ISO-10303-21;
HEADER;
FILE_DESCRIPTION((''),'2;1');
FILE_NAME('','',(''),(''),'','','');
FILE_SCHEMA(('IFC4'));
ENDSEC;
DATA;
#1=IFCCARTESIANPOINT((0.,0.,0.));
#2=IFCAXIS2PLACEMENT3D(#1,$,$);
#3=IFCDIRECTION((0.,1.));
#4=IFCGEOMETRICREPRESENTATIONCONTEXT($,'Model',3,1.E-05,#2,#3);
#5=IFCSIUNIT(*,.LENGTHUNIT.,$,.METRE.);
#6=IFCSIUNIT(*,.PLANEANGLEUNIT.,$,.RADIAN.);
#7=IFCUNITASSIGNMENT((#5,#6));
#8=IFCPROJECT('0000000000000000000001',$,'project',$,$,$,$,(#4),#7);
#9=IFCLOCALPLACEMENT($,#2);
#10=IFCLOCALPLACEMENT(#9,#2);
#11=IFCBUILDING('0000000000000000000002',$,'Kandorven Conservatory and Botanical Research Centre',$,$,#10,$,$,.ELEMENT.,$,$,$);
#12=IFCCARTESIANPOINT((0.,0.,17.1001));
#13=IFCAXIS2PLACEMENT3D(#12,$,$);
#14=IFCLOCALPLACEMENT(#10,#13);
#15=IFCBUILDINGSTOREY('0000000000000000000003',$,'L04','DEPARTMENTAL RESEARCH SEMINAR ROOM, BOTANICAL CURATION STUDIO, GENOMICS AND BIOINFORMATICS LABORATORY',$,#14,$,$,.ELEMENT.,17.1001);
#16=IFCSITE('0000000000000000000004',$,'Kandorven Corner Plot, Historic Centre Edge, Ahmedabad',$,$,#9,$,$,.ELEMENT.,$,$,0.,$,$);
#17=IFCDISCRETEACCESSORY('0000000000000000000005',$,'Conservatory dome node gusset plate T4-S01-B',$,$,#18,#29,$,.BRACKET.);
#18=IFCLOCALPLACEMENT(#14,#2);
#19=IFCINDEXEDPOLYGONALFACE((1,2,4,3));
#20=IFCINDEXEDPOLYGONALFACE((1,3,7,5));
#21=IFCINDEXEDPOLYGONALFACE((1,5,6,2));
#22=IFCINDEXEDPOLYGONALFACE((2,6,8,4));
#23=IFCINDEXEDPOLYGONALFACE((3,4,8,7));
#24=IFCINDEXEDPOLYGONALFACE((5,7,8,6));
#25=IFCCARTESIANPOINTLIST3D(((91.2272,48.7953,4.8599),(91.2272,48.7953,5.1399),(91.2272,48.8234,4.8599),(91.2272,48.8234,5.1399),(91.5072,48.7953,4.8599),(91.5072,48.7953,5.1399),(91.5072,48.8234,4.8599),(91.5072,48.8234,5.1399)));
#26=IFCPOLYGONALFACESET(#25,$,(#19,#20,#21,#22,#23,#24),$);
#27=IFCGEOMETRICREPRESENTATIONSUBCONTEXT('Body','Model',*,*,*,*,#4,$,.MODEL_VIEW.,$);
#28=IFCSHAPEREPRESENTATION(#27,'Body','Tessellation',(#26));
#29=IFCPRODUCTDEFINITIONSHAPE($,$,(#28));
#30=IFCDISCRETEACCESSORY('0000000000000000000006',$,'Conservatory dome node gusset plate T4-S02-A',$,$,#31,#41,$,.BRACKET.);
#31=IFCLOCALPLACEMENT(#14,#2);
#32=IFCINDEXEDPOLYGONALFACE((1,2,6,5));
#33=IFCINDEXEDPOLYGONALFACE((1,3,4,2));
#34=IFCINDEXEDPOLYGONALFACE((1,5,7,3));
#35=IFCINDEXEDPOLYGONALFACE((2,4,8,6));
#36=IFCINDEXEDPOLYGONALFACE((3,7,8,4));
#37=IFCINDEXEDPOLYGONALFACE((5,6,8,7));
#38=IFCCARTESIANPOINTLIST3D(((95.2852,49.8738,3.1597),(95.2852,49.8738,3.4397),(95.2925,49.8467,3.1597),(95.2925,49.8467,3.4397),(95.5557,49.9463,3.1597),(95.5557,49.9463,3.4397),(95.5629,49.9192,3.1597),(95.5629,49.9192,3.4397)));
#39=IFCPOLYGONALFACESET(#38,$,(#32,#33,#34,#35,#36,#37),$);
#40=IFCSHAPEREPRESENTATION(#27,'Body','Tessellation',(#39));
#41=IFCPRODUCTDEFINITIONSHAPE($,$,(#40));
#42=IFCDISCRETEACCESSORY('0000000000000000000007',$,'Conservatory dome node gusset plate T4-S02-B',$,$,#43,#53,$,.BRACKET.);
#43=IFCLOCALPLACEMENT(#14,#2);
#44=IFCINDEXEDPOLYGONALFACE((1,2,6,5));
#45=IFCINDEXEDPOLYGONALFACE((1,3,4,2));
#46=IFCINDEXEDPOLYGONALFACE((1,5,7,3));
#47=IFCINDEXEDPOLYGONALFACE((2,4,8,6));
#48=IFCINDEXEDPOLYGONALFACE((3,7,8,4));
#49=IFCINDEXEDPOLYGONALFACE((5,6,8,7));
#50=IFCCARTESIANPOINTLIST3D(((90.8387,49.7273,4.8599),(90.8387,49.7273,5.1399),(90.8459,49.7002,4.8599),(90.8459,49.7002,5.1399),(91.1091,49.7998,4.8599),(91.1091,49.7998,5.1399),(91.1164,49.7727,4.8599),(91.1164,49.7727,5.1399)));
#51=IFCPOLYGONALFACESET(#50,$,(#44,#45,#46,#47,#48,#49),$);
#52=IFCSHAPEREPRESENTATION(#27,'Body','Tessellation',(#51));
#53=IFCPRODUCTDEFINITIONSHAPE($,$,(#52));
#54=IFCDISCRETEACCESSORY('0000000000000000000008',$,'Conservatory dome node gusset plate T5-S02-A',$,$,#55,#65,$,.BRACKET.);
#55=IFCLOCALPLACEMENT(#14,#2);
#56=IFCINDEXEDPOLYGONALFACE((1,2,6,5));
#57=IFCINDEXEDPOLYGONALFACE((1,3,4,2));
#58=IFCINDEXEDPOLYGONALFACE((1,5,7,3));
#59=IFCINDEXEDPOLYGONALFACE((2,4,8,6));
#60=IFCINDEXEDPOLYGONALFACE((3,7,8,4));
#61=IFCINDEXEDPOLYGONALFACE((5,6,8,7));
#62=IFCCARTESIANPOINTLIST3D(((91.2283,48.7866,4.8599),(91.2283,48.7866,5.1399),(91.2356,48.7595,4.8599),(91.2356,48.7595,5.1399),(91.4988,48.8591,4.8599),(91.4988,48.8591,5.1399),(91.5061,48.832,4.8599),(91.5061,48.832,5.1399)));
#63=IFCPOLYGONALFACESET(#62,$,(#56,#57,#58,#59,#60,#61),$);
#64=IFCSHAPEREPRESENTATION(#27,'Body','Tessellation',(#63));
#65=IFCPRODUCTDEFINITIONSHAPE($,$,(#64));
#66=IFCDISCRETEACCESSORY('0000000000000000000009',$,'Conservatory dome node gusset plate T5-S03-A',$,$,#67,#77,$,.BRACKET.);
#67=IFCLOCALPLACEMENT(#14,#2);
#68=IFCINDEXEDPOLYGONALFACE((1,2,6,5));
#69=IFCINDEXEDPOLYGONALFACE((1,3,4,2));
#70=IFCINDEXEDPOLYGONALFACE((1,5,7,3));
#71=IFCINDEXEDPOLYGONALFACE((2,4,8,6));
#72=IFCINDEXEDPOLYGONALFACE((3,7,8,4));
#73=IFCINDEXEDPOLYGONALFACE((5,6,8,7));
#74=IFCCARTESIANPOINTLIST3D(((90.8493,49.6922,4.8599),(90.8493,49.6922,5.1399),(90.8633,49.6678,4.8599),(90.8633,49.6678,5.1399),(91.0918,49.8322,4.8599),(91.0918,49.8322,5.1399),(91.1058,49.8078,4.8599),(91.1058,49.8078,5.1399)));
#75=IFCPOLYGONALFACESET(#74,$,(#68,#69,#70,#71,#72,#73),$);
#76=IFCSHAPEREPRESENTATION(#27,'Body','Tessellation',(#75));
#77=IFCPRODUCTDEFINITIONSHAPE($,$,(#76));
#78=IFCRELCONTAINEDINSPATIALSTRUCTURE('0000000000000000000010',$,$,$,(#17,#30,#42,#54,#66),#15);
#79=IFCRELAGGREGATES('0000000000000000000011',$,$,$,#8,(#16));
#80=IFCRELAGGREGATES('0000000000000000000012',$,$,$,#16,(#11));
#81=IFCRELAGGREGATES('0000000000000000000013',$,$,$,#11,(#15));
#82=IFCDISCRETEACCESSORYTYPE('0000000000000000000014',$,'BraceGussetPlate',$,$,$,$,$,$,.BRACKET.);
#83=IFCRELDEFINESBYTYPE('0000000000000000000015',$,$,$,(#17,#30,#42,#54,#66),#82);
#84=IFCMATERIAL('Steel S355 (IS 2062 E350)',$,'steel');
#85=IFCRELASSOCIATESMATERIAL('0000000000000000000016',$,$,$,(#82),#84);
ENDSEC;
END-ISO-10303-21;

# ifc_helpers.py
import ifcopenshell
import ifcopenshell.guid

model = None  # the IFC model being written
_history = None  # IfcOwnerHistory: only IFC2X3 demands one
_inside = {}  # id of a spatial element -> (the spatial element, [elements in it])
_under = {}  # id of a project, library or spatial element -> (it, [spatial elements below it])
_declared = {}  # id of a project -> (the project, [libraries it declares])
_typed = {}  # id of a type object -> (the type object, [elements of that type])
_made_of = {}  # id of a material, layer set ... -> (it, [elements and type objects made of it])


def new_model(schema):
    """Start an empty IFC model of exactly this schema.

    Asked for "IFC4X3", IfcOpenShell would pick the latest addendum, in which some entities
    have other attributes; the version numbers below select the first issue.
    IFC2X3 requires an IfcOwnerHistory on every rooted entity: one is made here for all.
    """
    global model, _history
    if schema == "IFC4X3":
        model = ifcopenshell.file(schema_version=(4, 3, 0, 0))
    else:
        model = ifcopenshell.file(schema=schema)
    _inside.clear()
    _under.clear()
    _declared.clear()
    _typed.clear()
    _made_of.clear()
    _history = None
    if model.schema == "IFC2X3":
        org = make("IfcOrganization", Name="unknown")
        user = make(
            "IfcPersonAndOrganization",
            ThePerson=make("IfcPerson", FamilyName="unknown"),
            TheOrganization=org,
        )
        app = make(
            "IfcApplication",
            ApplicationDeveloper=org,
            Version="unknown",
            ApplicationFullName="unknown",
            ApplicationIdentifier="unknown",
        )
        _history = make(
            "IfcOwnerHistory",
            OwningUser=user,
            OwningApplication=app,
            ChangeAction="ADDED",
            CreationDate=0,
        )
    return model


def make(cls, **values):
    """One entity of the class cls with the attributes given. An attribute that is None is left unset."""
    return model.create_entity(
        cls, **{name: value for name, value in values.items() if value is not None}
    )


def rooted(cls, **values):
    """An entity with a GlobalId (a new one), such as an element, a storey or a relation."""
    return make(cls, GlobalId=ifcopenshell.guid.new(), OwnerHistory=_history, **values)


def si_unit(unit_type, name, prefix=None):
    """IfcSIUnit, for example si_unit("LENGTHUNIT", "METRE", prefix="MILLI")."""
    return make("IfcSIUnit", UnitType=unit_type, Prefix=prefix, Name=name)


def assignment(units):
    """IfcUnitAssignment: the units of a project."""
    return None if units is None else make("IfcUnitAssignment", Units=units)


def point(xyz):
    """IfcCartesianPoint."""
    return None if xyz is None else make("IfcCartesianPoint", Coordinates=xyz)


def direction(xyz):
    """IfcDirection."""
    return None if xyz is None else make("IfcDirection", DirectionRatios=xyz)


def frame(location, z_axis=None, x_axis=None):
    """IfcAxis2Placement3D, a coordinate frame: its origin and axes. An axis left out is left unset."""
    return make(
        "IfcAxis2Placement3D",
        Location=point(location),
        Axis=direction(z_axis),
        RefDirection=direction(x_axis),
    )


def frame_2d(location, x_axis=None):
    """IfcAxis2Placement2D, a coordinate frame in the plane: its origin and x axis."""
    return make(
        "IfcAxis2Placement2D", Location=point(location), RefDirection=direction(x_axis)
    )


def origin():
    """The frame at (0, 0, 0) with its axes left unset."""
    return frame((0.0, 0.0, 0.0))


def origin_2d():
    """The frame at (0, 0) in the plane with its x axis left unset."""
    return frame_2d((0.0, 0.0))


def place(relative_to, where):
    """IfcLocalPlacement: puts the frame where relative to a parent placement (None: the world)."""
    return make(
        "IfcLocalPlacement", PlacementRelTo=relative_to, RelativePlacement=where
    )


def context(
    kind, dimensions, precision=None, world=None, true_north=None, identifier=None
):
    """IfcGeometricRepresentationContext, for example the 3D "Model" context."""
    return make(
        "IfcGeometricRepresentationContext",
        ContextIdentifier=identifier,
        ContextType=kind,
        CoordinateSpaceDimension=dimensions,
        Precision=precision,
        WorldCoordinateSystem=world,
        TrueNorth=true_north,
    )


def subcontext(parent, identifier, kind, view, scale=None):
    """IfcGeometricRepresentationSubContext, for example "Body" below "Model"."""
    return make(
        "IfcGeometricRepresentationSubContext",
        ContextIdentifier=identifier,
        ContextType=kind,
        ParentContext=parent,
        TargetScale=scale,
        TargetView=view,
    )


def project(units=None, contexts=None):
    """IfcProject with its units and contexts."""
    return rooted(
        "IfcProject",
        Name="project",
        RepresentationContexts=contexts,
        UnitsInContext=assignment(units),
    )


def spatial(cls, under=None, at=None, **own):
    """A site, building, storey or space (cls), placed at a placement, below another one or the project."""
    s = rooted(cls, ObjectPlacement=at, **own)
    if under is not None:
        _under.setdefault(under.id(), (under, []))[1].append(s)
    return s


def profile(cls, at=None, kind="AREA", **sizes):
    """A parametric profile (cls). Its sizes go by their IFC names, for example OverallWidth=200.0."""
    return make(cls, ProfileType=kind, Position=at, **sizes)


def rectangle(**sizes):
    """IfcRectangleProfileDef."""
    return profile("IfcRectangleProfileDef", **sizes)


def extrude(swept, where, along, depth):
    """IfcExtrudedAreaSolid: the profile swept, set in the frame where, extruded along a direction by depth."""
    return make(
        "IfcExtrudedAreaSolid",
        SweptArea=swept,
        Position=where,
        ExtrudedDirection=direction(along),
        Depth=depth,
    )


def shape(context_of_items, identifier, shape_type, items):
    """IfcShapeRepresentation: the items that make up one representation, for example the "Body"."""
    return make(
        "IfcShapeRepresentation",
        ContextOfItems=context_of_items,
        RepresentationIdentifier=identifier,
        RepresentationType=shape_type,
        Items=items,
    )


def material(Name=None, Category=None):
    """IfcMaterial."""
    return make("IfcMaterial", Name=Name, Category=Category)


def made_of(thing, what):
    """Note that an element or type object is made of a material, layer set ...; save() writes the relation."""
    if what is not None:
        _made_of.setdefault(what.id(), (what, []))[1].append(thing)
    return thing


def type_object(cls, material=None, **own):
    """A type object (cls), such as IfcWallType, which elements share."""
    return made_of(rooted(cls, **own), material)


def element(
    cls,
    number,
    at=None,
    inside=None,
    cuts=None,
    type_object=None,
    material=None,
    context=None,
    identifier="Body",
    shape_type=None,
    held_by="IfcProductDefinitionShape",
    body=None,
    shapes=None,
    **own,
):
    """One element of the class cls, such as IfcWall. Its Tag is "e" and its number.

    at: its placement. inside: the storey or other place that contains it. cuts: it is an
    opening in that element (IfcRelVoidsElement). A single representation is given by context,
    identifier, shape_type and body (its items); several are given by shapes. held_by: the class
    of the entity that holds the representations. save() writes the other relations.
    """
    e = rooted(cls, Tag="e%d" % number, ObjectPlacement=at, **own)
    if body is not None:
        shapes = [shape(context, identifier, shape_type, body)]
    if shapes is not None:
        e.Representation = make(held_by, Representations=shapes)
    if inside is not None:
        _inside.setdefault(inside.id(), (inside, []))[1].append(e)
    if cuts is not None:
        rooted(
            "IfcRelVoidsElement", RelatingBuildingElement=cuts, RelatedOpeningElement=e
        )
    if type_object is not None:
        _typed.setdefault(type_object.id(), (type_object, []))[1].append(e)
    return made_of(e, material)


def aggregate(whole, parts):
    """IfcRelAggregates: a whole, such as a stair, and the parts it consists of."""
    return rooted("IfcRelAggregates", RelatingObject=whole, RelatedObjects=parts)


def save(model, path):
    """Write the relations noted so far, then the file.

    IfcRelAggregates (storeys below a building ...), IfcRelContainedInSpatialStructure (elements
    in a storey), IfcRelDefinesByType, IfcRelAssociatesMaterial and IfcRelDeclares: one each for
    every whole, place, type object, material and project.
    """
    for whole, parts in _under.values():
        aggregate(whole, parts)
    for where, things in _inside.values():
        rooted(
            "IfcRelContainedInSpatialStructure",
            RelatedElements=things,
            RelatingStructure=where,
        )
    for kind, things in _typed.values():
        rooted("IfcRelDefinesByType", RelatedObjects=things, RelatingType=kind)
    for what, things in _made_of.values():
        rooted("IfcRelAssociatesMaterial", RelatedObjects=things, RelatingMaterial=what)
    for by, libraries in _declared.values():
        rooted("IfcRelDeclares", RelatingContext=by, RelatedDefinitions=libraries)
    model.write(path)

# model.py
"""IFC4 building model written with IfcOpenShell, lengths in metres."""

from ifc_helpers import new_model, si_unit, direction, frame, origin, origin_2d, place, context, subcontext, project, spatial, rectangle, extrude, material, type_object, element, save


model = new_model("IFC4")

# Units and contexts
model_context = context("Model", 3, precision=1e-05, world=origin(), true_north=direction((0.0, 1.0)))
body_context = subcontext(model_context, "Body", "Model", "MODEL_VIEW")
ifc_project = project(units=[si_unit("LENGTHUNIT", "METRE"), si_unit("PLANEANGLEUNIT", "RADIAN")], contexts=[model_context])

# Site, building, storey
site_placement = place(None, origin())
site = spatial("IfcSite", under=ifc_project, at=site_placement, Name="Kandorven Corner Plot, Historic Centre Edge, Ahmedabad", CompositionType="ELEMENT", RefElevation=0.0)
building_placement = place(site_placement, origin())
building = spatial("IfcBuilding", under=site, at=building_placement, Name="Kandorven Conservatory and Botanical Research Centre", CompositionType="ELEMENT")
storey_placement = place(building_placement, frame((0.0, 0.0, 17.1001)))
storey = spatial("IfcBuildingStorey", under=building, at=storey_placement, Name="L04", Description="DEPARTMENTAL RESEARCH SEMINAR ROOM, BOTANICAL CURATION STUDIO, GENOMICS AND BIOINFORMATICS LABORATORY", CompositionType="ELEMENT", Elevation=17.1001)

# Discrete accessories
ifc_material_1 = material(Name="Steel S355 (IS 2062 E350)", Category="steel")
discrete_accessory_type = type_object("IfcDiscreteAccessoryType", Name="BraceGussetPlate", PredefinedType="BRACKET", material=ifc_material_1)
for number, where, z_axis, x_axis, name in (
    (1, (91.3672, 48.8093, 4.8599), (0.0, 0.0, 1.0), (1.0, 0.0, 0.0), "Conservatory dome node gusset plate T4-S01-B"),
    (2, (95.4241, 49.8965, 3.1597), (0.0, 0.0, 1.0), (0.965926, 0.258819, 0.0), "Conservatory dome node gusset plate T4-S02-A"),
    (3, (90.9775, 49.75, 4.8599), (0.0, 0.0, 1.0), (0.965926, 0.258819, 0.0), "Conservatory dome node gusset plate T4-S02-B"),
    (4, (91.3672, 48.8093, 4.8599), (0.0, 0.0, 1.0), (0.965926, 0.258819, 0.0), "Conservatory dome node gusset plate T5-S02-A"),
    (5, (90.9775, 49.75, 4.8599), (0.0, 0.0, 1.0), (0.866025, 0.5, 0.0), "Conservatory dome node gusset plate T5-S03-A"),
):
    element("IfcDiscreteAccessory", number, at=place(storey_placement, frame(where, z_axis=z_axis, x_axis=x_axis)), inside=storey, type_object=discrete_accessory_type, Name=name, PredefinedType="BRACKET", context=body_context, shape_type="SweptSolid", body=[
        extrude(rectangle(XDim=0.28, YDim=0.0281, at=origin_2d()), origin(), (0.0, 0.0, 1.0), 0.28),
    ])

save(model, "model.ifc")
